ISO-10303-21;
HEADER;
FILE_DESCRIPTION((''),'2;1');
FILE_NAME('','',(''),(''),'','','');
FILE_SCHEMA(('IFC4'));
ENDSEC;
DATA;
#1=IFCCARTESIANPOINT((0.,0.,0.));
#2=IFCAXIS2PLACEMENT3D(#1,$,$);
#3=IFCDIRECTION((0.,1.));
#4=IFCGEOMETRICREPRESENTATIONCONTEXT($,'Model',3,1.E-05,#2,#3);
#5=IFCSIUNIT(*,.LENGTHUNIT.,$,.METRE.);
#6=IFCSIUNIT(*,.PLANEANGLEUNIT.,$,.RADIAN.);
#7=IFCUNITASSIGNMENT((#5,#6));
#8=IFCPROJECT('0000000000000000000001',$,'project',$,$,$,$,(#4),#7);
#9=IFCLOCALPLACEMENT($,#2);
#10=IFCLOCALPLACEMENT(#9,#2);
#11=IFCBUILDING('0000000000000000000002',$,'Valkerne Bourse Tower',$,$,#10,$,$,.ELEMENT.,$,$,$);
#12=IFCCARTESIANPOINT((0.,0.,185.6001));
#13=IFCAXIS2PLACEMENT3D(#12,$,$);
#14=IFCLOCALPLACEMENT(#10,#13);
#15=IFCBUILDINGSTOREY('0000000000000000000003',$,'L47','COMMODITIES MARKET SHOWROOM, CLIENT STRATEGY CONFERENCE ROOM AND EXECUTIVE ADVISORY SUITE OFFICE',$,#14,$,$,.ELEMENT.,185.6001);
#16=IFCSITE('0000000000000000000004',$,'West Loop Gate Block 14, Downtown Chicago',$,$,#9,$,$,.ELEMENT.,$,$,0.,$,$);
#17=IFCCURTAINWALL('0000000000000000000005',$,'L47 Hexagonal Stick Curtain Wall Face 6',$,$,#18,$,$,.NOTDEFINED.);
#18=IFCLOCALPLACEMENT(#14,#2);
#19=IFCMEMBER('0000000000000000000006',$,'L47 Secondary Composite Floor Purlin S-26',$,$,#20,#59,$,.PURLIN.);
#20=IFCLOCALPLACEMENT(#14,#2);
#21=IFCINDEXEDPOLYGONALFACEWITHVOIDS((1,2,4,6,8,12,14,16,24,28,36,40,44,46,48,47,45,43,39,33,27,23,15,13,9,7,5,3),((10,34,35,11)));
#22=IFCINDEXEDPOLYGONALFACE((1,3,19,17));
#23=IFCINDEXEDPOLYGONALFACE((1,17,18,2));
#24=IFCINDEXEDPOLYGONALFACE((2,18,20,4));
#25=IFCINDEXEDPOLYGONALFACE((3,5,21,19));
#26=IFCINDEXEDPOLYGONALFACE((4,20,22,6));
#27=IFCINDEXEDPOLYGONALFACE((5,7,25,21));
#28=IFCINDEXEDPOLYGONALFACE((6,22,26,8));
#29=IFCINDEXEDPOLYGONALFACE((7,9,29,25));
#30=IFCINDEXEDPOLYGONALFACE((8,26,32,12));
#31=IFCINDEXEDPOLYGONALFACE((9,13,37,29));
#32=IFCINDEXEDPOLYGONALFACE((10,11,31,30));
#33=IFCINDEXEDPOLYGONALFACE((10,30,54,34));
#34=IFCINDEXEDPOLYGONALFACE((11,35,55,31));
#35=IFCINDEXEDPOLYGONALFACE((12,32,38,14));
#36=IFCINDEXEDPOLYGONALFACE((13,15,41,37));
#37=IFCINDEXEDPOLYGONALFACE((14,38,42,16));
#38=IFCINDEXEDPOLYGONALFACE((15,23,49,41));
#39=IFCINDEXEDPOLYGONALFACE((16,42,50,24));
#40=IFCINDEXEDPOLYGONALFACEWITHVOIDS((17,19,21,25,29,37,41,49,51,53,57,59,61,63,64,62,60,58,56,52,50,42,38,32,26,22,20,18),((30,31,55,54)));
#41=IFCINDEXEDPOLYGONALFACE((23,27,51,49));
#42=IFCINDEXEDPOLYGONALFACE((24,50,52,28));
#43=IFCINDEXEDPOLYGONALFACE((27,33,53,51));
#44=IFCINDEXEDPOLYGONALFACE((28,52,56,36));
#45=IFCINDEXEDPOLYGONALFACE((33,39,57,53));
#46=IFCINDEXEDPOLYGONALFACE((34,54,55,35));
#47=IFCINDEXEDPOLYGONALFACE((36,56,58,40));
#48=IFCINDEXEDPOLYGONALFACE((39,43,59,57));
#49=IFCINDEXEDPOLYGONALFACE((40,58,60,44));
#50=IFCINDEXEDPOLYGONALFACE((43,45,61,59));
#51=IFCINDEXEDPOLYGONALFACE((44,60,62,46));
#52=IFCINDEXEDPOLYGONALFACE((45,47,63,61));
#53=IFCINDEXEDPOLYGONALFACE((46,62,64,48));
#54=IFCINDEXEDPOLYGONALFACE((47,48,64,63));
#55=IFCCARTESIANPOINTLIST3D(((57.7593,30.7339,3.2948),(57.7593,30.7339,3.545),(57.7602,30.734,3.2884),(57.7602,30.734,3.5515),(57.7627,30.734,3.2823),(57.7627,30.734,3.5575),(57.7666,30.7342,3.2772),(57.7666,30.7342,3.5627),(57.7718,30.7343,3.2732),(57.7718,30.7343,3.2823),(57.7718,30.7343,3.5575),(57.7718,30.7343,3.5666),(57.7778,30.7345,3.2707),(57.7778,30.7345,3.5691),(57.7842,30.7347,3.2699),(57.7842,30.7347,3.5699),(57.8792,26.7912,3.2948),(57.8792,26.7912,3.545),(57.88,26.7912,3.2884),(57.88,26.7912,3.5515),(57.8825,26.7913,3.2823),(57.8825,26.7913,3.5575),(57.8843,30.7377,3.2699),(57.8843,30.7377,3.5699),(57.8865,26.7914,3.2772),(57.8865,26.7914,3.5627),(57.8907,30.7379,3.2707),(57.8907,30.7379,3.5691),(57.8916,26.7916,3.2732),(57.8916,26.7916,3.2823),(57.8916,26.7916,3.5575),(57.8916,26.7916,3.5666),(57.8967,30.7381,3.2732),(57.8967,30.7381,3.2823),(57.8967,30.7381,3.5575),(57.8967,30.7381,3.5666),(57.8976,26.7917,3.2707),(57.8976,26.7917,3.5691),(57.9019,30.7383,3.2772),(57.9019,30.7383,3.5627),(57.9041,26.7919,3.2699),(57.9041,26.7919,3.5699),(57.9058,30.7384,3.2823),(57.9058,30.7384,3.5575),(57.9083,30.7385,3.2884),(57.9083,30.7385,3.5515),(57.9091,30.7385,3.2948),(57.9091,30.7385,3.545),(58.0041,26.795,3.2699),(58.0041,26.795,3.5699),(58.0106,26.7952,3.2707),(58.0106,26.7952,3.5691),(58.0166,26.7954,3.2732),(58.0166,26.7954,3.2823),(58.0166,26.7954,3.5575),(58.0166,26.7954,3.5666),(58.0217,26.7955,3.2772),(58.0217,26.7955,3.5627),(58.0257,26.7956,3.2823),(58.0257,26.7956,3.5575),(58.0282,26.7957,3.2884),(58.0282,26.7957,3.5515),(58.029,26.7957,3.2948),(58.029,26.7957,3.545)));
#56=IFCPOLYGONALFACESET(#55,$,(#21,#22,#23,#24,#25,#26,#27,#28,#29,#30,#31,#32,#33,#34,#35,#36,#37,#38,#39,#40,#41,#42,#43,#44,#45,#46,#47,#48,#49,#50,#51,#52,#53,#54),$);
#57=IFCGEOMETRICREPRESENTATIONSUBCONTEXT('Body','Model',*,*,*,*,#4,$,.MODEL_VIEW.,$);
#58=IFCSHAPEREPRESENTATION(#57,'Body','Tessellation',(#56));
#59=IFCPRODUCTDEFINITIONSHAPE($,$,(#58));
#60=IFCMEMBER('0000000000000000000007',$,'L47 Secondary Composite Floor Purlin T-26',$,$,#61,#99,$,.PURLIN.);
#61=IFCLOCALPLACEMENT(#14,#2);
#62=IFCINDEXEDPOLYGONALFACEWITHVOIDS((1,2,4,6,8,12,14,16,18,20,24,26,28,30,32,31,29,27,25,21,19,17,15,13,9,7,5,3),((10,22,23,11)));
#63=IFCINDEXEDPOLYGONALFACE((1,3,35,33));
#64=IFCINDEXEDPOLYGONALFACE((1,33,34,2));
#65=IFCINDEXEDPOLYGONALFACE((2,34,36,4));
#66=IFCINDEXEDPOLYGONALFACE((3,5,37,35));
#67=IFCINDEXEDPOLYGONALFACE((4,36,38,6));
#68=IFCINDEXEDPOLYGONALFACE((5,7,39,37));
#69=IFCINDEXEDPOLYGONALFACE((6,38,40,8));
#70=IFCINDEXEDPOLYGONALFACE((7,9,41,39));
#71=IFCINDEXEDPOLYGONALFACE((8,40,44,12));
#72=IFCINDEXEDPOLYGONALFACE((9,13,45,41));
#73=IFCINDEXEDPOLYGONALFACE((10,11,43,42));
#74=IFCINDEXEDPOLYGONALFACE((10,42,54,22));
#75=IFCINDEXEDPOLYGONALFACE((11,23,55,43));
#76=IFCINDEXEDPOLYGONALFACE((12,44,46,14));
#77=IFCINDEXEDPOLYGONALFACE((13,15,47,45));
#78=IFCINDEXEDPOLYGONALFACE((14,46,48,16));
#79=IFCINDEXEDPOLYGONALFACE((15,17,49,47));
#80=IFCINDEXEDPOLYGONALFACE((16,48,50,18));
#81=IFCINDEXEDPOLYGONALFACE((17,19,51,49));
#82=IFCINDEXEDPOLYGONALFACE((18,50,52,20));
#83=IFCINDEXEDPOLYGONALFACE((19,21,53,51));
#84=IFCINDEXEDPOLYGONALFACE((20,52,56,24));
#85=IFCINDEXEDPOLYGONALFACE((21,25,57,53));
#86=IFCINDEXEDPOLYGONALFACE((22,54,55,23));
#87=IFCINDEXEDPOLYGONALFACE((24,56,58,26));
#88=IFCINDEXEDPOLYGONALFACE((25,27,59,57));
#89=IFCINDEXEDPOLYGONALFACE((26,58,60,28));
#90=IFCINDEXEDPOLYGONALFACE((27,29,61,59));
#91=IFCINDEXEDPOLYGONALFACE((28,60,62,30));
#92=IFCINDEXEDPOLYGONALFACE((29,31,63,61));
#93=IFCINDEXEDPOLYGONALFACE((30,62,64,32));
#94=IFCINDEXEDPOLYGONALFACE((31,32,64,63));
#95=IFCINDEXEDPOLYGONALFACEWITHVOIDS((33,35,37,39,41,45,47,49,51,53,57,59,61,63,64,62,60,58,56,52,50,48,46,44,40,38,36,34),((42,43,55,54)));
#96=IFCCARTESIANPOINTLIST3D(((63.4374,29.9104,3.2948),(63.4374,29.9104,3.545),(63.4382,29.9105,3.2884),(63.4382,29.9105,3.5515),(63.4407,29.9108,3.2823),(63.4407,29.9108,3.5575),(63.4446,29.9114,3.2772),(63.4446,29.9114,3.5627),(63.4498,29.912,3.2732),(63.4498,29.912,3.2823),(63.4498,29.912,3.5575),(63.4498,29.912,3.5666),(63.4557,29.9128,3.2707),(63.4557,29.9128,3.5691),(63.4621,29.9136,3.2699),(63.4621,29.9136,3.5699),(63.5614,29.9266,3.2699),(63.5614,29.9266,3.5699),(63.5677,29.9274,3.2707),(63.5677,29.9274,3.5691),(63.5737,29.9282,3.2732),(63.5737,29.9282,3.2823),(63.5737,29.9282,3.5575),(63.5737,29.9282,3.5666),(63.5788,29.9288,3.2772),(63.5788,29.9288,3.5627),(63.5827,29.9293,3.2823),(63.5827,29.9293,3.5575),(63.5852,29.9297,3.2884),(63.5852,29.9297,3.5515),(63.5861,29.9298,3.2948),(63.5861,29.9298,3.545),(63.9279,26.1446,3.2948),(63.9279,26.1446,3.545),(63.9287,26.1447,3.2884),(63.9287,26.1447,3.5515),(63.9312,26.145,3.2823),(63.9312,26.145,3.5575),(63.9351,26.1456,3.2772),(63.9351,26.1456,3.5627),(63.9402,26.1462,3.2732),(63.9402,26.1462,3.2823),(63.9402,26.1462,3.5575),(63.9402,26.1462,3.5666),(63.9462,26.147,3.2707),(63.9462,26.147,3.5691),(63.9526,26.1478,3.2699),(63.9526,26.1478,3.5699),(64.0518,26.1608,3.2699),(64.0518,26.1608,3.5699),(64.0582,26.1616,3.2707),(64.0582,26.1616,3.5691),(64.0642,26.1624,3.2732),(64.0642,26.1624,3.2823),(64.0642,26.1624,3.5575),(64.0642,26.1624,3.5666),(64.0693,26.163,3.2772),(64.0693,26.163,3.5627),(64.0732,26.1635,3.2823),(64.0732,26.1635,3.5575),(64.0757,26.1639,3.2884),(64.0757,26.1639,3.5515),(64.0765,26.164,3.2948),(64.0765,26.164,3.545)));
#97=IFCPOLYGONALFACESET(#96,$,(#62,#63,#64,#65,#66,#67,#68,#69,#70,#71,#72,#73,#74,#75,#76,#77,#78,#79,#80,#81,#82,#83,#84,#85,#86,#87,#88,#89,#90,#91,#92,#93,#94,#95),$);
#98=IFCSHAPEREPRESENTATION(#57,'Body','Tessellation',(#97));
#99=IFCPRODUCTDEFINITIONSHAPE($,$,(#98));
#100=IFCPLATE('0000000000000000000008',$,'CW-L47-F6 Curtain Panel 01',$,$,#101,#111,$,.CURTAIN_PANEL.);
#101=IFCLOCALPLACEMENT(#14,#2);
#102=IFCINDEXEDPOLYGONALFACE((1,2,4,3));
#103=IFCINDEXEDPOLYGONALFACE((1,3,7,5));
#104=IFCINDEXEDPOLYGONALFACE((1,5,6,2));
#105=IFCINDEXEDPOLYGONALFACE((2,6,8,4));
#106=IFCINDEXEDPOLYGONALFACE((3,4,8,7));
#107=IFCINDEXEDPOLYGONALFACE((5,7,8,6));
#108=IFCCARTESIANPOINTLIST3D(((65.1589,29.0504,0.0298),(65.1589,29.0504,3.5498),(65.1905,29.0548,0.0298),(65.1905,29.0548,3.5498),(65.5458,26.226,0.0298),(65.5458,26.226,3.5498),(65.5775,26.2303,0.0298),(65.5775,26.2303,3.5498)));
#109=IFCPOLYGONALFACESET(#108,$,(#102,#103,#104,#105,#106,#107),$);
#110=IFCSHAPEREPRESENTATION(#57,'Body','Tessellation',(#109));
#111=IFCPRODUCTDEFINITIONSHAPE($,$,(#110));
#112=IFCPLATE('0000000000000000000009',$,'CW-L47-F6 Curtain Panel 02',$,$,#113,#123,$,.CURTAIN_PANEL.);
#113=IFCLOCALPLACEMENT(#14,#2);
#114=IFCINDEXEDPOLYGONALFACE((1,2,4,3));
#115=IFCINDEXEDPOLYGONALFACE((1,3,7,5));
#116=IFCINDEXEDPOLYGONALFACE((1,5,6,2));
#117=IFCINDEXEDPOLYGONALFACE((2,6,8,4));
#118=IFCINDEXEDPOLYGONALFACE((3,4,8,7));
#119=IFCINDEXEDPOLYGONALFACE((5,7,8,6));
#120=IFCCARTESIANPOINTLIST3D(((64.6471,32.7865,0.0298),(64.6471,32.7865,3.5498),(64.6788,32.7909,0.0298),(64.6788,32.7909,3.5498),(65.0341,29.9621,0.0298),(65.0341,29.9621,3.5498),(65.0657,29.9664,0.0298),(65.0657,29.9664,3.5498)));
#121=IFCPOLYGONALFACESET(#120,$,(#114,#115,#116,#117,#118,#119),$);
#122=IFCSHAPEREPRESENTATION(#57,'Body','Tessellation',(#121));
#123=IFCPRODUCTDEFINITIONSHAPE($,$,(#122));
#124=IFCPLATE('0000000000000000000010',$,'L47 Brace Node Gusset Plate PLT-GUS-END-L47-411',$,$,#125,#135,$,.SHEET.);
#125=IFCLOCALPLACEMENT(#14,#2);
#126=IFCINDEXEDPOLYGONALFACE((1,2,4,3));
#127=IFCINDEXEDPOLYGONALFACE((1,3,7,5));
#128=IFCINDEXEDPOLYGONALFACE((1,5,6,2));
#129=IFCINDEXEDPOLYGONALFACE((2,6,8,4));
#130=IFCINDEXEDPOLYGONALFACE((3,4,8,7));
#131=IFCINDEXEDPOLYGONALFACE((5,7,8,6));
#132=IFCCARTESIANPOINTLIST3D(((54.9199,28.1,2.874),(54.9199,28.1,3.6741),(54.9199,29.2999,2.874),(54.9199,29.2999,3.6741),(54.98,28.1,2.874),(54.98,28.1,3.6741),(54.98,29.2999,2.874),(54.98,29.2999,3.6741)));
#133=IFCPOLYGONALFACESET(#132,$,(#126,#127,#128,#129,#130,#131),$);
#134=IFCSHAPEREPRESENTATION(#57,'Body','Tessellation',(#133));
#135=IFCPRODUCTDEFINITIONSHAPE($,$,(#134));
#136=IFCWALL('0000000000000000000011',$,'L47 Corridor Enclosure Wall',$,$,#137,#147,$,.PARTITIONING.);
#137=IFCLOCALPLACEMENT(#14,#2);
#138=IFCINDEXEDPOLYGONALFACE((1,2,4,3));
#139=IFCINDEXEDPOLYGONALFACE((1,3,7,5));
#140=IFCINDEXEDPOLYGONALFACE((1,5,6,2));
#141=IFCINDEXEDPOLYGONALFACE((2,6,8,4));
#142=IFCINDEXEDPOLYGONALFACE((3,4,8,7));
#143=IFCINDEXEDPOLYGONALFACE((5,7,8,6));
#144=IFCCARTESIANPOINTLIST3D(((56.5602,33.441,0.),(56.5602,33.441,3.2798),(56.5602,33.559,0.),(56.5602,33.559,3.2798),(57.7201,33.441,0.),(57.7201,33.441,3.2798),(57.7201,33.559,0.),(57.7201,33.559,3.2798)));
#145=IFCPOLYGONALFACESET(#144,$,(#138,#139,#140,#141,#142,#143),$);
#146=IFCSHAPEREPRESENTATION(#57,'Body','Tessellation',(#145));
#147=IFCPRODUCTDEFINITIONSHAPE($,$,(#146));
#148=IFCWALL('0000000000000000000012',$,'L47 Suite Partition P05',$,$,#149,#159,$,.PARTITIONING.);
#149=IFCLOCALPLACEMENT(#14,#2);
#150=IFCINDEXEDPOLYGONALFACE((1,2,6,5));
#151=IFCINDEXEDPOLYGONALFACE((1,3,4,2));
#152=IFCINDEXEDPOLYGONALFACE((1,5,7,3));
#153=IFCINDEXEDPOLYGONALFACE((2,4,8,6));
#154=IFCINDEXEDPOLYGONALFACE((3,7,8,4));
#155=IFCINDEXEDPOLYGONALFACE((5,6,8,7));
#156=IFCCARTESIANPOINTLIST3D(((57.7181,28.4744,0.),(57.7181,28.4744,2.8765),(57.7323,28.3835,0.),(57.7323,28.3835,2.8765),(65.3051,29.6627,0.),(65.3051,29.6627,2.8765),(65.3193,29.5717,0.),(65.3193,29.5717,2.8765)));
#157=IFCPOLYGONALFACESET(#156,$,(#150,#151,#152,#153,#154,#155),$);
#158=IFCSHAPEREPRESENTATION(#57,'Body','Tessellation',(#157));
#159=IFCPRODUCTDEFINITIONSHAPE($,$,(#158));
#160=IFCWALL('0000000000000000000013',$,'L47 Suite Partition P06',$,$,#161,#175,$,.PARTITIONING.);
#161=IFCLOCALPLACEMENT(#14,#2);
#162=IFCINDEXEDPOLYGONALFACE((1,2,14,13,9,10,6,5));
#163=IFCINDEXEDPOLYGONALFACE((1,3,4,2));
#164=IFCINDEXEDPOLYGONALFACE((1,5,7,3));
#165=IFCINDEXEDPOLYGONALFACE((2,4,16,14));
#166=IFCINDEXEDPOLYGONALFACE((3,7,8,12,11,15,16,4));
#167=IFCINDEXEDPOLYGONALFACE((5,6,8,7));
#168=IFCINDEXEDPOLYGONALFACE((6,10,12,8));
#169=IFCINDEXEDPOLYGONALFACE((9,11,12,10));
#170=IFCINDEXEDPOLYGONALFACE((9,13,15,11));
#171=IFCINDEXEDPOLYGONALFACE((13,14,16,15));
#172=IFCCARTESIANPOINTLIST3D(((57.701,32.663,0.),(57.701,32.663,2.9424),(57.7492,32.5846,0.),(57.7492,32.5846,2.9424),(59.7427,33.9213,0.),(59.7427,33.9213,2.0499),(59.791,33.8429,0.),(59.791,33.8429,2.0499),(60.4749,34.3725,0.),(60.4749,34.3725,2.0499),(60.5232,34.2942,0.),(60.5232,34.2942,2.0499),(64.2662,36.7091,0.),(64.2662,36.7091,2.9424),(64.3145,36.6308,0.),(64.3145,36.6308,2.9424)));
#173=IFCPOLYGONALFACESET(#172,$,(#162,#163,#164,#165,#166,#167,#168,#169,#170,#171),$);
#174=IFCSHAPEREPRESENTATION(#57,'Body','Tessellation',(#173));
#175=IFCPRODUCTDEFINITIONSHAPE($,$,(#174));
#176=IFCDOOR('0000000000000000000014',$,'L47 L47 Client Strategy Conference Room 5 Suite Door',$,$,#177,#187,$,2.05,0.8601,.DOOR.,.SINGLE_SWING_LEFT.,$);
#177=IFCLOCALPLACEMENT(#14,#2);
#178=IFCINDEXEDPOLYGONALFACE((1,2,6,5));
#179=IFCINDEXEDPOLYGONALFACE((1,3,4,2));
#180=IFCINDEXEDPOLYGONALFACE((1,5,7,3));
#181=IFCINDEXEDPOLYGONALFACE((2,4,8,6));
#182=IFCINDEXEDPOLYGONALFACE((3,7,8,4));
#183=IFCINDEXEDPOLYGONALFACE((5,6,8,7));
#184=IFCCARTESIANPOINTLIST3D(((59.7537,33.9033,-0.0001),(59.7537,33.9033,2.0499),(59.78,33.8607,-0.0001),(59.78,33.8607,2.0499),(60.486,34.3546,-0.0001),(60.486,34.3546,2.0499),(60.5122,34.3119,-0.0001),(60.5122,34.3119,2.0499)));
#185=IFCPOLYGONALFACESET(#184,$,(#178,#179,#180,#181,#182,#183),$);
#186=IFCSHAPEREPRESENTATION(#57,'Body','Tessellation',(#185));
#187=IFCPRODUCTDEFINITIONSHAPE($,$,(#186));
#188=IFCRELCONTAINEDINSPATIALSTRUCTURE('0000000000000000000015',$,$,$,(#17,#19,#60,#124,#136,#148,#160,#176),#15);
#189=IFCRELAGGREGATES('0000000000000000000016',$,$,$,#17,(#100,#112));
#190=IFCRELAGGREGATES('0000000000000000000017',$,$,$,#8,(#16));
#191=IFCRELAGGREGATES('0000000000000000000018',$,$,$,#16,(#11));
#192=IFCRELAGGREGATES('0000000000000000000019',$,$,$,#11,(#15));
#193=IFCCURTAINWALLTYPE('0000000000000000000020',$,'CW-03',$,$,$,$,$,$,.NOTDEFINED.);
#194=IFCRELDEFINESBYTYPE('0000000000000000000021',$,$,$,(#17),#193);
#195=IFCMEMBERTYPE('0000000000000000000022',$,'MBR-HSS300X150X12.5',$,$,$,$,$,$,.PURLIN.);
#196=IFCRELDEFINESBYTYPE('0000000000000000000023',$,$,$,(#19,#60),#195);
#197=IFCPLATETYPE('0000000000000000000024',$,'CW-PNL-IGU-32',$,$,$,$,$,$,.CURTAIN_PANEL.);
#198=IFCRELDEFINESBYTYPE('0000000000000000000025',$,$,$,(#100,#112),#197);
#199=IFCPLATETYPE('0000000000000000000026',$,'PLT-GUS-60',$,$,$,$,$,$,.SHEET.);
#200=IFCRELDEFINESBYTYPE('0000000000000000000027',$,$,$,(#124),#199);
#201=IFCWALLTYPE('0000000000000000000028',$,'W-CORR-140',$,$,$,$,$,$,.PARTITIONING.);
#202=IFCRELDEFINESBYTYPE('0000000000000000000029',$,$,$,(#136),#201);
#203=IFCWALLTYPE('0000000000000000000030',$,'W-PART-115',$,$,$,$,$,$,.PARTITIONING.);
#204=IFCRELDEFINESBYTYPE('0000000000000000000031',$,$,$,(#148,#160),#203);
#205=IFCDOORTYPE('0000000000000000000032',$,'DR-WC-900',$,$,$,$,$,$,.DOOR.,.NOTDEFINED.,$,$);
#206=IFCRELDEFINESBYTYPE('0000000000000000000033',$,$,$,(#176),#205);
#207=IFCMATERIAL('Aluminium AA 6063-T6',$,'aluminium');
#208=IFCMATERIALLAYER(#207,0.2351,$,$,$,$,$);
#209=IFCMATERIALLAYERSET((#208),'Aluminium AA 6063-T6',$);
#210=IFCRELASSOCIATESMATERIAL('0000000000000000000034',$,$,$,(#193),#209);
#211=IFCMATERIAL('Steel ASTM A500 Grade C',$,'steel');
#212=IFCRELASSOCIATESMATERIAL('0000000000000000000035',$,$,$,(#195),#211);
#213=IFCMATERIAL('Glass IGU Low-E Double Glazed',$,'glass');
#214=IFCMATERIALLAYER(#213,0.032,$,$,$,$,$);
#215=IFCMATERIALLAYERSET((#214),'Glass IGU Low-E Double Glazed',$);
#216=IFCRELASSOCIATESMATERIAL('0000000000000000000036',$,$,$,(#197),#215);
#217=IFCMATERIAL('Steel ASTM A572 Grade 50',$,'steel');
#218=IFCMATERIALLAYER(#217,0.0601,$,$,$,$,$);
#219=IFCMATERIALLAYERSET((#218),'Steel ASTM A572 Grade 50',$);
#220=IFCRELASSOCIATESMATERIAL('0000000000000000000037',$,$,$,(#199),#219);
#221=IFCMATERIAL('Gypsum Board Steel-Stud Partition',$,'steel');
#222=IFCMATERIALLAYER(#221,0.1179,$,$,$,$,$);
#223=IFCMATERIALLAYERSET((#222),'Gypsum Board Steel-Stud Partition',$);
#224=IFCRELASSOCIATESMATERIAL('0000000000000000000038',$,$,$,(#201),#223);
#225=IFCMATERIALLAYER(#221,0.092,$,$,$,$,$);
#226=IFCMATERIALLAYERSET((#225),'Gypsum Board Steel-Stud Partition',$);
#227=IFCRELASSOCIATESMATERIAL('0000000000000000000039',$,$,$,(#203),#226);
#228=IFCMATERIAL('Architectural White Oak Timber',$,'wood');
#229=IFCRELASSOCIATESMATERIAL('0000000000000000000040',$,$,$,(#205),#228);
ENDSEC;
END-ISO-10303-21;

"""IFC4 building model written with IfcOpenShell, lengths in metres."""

from ifc_helpers import new_model, si_unit, direction, frame, frame_2d, origin, origin_2d, place, context, subcontext, project, spatial, rectangle, hollow_rectangle, extrude, material, layer, layer_set, material_profile, profile_set, type_object, element, fill, aggregate, save


model = new_model("IFC4")

# Units and contexts
model_context = context("Model", 3, precision=1e-05, world=origin(), true_north=direction((0.0, 1.0)))
body_context = subcontext(model_context, "Body", "Model", "MODEL_VIEW")
ifc_project = project(units=[si_unit("LENGTHUNIT", "METRE"), si_unit("PLANEANGLEUNIT", "RADIAN")], contexts=[model_context])

# Site, building, storey
site_placement = place(None, origin())
site = spatial("IfcSite", under=ifc_project, at=site_placement, Name="West Loop Gate Block 14, Downtown Chicago", CompositionType="ELEMENT", RefElevation=0.0)
building_placement = place(site_placement, origin())
building = spatial("IfcBuilding", under=site, at=building_placement, Name="Valkerne Bourse Tower", CompositionType="ELEMENT")
storey_placement = place(building_placement, frame((0.0, 0.0, 185.6001)))
storey = spatial("IfcBuildingStorey", under=building, at=storey_placement, Name="L47", Description="COMMODITIES MARKET SHOWROOM, CLIENT STRATEGY CONFERENCE ROOM AND EXECUTIVE ADVISORY SUITE OFFICE", CompositionType="ELEMENT", Elevation=185.6001)

# Curtain wall
ifc_material_1 = material(Name="Aluminium AA 6063-T6", Category="aluminium")
ifc_layer_1 = layer(ifc_material_1, 0.2351)
ifc_layer_set_1 = layer_set([ifc_layer_1], Name="Aluminium AA 6063-T6")
curtain_wall_type = type_object("IfcCurtainWallType", Name="CW-03", PredefinedType="NOTDEFINED", material=ifc_layer_set_1)
curtain_wall_placement = place(storey_placement, origin())
curtain_wall = element("IfcCurtainWall", 1, at=curtain_wall_placement, inside=storey, type_object=curtain_wall_type, Name="L47 Hexagonal Stick Curtain Wall Face 6", PredefinedType="NOTDEFINED")

# Members
ifc_material_2 = material(Name="Steel ASTM A500 Grade C", Category="steel")
ifc_material_profile_1 = material_profile(ifc_material_2, hollow_rectangle(XDim=0.1499, YDim=0.3, WallThickness=0.0125, OuterFilletRadius=0.0249, at=origin_2d()), Name="HSS300X150X12.5")
ifc_profile_set_1 = profile_set([ifc_material_profile_1], Name="Steel ASTM A500 Grade C")
member_type_1 = type_object("IfcMemberType", Name="MBR-HSS300X150X12.5", PredefinedType="PURLIN", material=ifc_profile_set_1)
member_1_placement = place(storey_placement, frame((57.9541, 26.7935, 3.4199), z_axis=(-0.030388, 0.999538, 0.0), x_axis=(-0.999538, -0.030388, 0.0)))
element("IfcMember", 2, at=member_1_placement, inside=storey, type_object=member_type_1, Name="L47 Secondary Composite Floor Purlin S-26", PredefinedType="PURLIN", context=body_context, shape_type="SweptSolid", body=[
    extrude(hollow_rectangle(XDim=0.1499, YDim=0.3, WallThickness=0.0125, OuterFilletRadius=0.0249, at=origin_2d()), origin(), (0.0, 0.0, 1.0), 3.9446),
])
member_2_placement = place(storey_placement, frame((64.0022, 26.1543, 3.4199), z_axis=(-0.129152, 0.991625, 0.0), x_axis=(-0.991625, -0.129152, 0.0)))
element("IfcMember", 3, at=member_2_placement, inside=storey, type_object=member_type_1, Name="L47 Secondary Composite Floor Purlin T-26", PredefinedType="PURLIN", context=body_context, shape_type="SweptSolid", body=[
    extrude(hollow_rectangle(XDim=0.1499, YDim=0.3, WallThickness=0.0125, OuterFilletRadius=0.0249, at=origin_2d()), origin(), (0.0, 0.0, 1.0), 3.7976),
])

# Plates
ifc_material_3 = material(Name="Glass IGU Low-E Double Glazed", Category="glass")
ifc_layer_2 = layer(ifc_material_3, 0.032)
ifc_layer_set_2 = layer_set([ifc_layer_2], Name="Glass IGU Low-E Double Glazed")
plate_type_1 = type_object("IfcPlateType", Name="CW-PNL-IGU-32", PredefinedType="CURTAIN_PANEL", material=ifc_layer_set_2)
plate_1_placement = place(storey_placement, frame((65.3682, 27.6404, 0.0298), z_axis=(0.0, 0.0, 1.0), x_axis=(-0.13572, 0.990747, 0.0)))
plate_1 = element("IfcPlate", 4, at=plate_1_placement, type_object=plate_type_1, Name="CW-L47-F6 Curtain Panel 01", PredefinedType="CURTAIN_PANEL", context=body_context, shape_type="SweptSolid", body=[
    extrude(rectangle(XDim=2.8508, YDim=0.032, at=origin_2d()), origin(), (0.0, 0.0, 1.0), 3.52),
])
plate_2_placement = place(storey_placement, frame((64.8564, 31.3765, 0.0298), z_axis=(0.0, 0.0, 1.0), x_axis=(-0.13572, 0.990747, 0.0)))
plate_2 = element("IfcPlate", 5, at=plate_2_placement, type_object=plate_type_1, Name="CW-L47-F6 Curtain Panel 02", PredefinedType="CURTAIN_PANEL", context=body_context, shape_type="SweptSolid", body=[
    extrude(rectangle(XDim=2.8508, YDim=0.032, at=origin_2d()), origin(), (0.0, 0.0, 1.0), 3.52),
])
aggregate(curtain_wall, [plate_1, plate_2])
ifc_material_4 = material(Name="Steel ASTM A572 Grade 50", Category="steel")
ifc_layer_3 = layer(ifc_material_4, 0.0601)
ifc_layer_set_3 = layer_set([ifc_layer_3], Name="Steel ASTM A572 Grade 50")
plate_type_2 = type_object("IfcPlateType", Name="PLT-GUS-60", PredefinedType="SHEET", material=ifc_layer_set_3)
plate_3_placement = place(storey_placement, frame((54.95, 28.7, 2.874), z_axis=(0.0, 0.0, 1.0), x_axis=(0.0, 1.0, 0.0)))
element("IfcPlate", 6, at=plate_3_placement, inside=storey, type_object=plate_type_2, Name="L47 Brace Node Gusset Plate PLT-GUS-END-L47-411", PredefinedType="SHEET", context=body_context, shape_type="SweptSolid", body=[
    extrude(rectangle(XDim=1.2, YDim=0.0601, at=origin_2d()), origin(), (0.0, 0.0, 1.0), 0.8),
])

# Walls
ifc_material_5 = material(Name="Gypsum Board Steel-Stud Partition", Category="steel")
ifc_layer_4 = layer(ifc_material_5, 0.1179)
ifc_layer_set_4 = layer_set([ifc_layer_4], Name="Gypsum Board Steel-Stud Partition")
wall_type_1 = type_object("IfcWallType", Name="W-CORR-140", PredefinedType="PARTITIONING", material=ifc_layer_set_4)
wall_1_placement = place(storey_placement, frame((56.5601, 33.5, 0.0), z_axis=(0.0, 0.0, 1.0), x_axis=(1.0, 0.0, 0.0)))
element("IfcWall", 7, at=wall_1_placement, inside=storey, type_object=wall_type_1, Name="L47 Corridor Enclosure Wall", PredefinedType="PARTITIONING", context=body_context, shape_type="SweptSolid", body=[
    extrude(rectangle(XDim=1.1599, YDim=0.1179, at=frame_2d((0.5801, 0.0))), origin(), (0.0, 0.0, 1.0), 3.2798),
])
ifc_layer_5 = layer(ifc_material_5, 0.092)
ifc_layer_set_5 = layer_set([ifc_layer_5], Name="Gypsum Board Steel-Stud Partition")
wall_type_2 = type_object("IfcWallType", Name="W-PART-115", PredefinedType="PARTITIONING", material=ifc_layer_set_5)
wall_2_placement = place(storey_placement, frame((57.7251, 28.429, 0.0), z_axis=(0.0, 0.0, 1.0), x_axis=(0.987957, 0.15473, 0.0)))
element("IfcWall", 8, at=wall_2_placement, inside=storey, type_object=wall_type_2, Name="L47 Suite Partition P05", PredefinedType="PARTITIONING", context=body_context, shape_type="SweptSolid", body=[
    extrude(rectangle(XDim=7.6794, YDim=0.092, at=frame_2d((3.8398, 0.0))), origin(), (0.0, 0.0, 1.0), 2.8765),
])

# Wall, opening, door
wall_3_placement = place(storey_placement, frame((57.7251, 32.6238, 0.0), z_axis=(0.0, 0.0, 1.0), x_axis=(0.851309, 0.524664, 0.0)))
wall_3 = element("IfcWall", 9, at=wall_3_placement, inside=storey, type_object=wall_type_2, Name="L47 Suite Partition P06", PredefinedType="PARTITIONING", context=body_context, shape_type="SweptSolid", body=[
    extrude(rectangle(XDim=7.7119, YDim=0.092, at=frame_2d((3.856, 0.0))), origin(), (0.0, 0.0, 1.0), 2.9424),
])
opening_placement = place(wall_3_placement, frame((2.3982, 0.0, 0.0)))
opening = element("IfcOpeningElement", 10, at=opening_placement, cuts=wall_3, PredefinedType="OPENING", context=body_context, shape_type="SweptSolid", body=[
    extrude(rectangle(XDim=0.8601, YDim=2.05, at=frame_2d((0.4302, 1.0249))), frame((0.0, 0.0559, 0.0), z_axis=(0.0, -1.0, 0.0), x_axis=(1.0, 0.0, 0.0)), (0.0, 0.0, 1.0), 0.1121),
])
ifc_material_6 = material(Name="Architectural White Oak Timber", Category="wood")
door_type = type_object("IfcDoorType", Name="DR-WC-900", OperationType="NOTDEFINED", PredefinedType="DOOR", material=ifc_material_6)
door_placement = place(opening_placement, origin())
door = element("IfcDoor", 11, at=door_placement, inside=storey, type_object=door_type, Name="L47 L47 Client Strategy Conference Room 5 Suite Door", OperationType="SINGLE_SWING_LEFT", OverallHeight=2.05, OverallWidth=0.8601, PredefinedType="DOOR", context=body_context, shape_type="SweptSolid", body=[
    extrude(rectangle(XDim=0.8601, YDim=2.05, at=frame_2d((0.4302, 1.0249))), frame((0.0, 0.0249, 0.0), z_axis=(0.0, -1.0, 0.0), x_axis=(1.0, 0.0, 0.0)), (0.0, 0.0, 1.0), 0.05),
])
fill(opening, door)

save(model, "model.ifc")
